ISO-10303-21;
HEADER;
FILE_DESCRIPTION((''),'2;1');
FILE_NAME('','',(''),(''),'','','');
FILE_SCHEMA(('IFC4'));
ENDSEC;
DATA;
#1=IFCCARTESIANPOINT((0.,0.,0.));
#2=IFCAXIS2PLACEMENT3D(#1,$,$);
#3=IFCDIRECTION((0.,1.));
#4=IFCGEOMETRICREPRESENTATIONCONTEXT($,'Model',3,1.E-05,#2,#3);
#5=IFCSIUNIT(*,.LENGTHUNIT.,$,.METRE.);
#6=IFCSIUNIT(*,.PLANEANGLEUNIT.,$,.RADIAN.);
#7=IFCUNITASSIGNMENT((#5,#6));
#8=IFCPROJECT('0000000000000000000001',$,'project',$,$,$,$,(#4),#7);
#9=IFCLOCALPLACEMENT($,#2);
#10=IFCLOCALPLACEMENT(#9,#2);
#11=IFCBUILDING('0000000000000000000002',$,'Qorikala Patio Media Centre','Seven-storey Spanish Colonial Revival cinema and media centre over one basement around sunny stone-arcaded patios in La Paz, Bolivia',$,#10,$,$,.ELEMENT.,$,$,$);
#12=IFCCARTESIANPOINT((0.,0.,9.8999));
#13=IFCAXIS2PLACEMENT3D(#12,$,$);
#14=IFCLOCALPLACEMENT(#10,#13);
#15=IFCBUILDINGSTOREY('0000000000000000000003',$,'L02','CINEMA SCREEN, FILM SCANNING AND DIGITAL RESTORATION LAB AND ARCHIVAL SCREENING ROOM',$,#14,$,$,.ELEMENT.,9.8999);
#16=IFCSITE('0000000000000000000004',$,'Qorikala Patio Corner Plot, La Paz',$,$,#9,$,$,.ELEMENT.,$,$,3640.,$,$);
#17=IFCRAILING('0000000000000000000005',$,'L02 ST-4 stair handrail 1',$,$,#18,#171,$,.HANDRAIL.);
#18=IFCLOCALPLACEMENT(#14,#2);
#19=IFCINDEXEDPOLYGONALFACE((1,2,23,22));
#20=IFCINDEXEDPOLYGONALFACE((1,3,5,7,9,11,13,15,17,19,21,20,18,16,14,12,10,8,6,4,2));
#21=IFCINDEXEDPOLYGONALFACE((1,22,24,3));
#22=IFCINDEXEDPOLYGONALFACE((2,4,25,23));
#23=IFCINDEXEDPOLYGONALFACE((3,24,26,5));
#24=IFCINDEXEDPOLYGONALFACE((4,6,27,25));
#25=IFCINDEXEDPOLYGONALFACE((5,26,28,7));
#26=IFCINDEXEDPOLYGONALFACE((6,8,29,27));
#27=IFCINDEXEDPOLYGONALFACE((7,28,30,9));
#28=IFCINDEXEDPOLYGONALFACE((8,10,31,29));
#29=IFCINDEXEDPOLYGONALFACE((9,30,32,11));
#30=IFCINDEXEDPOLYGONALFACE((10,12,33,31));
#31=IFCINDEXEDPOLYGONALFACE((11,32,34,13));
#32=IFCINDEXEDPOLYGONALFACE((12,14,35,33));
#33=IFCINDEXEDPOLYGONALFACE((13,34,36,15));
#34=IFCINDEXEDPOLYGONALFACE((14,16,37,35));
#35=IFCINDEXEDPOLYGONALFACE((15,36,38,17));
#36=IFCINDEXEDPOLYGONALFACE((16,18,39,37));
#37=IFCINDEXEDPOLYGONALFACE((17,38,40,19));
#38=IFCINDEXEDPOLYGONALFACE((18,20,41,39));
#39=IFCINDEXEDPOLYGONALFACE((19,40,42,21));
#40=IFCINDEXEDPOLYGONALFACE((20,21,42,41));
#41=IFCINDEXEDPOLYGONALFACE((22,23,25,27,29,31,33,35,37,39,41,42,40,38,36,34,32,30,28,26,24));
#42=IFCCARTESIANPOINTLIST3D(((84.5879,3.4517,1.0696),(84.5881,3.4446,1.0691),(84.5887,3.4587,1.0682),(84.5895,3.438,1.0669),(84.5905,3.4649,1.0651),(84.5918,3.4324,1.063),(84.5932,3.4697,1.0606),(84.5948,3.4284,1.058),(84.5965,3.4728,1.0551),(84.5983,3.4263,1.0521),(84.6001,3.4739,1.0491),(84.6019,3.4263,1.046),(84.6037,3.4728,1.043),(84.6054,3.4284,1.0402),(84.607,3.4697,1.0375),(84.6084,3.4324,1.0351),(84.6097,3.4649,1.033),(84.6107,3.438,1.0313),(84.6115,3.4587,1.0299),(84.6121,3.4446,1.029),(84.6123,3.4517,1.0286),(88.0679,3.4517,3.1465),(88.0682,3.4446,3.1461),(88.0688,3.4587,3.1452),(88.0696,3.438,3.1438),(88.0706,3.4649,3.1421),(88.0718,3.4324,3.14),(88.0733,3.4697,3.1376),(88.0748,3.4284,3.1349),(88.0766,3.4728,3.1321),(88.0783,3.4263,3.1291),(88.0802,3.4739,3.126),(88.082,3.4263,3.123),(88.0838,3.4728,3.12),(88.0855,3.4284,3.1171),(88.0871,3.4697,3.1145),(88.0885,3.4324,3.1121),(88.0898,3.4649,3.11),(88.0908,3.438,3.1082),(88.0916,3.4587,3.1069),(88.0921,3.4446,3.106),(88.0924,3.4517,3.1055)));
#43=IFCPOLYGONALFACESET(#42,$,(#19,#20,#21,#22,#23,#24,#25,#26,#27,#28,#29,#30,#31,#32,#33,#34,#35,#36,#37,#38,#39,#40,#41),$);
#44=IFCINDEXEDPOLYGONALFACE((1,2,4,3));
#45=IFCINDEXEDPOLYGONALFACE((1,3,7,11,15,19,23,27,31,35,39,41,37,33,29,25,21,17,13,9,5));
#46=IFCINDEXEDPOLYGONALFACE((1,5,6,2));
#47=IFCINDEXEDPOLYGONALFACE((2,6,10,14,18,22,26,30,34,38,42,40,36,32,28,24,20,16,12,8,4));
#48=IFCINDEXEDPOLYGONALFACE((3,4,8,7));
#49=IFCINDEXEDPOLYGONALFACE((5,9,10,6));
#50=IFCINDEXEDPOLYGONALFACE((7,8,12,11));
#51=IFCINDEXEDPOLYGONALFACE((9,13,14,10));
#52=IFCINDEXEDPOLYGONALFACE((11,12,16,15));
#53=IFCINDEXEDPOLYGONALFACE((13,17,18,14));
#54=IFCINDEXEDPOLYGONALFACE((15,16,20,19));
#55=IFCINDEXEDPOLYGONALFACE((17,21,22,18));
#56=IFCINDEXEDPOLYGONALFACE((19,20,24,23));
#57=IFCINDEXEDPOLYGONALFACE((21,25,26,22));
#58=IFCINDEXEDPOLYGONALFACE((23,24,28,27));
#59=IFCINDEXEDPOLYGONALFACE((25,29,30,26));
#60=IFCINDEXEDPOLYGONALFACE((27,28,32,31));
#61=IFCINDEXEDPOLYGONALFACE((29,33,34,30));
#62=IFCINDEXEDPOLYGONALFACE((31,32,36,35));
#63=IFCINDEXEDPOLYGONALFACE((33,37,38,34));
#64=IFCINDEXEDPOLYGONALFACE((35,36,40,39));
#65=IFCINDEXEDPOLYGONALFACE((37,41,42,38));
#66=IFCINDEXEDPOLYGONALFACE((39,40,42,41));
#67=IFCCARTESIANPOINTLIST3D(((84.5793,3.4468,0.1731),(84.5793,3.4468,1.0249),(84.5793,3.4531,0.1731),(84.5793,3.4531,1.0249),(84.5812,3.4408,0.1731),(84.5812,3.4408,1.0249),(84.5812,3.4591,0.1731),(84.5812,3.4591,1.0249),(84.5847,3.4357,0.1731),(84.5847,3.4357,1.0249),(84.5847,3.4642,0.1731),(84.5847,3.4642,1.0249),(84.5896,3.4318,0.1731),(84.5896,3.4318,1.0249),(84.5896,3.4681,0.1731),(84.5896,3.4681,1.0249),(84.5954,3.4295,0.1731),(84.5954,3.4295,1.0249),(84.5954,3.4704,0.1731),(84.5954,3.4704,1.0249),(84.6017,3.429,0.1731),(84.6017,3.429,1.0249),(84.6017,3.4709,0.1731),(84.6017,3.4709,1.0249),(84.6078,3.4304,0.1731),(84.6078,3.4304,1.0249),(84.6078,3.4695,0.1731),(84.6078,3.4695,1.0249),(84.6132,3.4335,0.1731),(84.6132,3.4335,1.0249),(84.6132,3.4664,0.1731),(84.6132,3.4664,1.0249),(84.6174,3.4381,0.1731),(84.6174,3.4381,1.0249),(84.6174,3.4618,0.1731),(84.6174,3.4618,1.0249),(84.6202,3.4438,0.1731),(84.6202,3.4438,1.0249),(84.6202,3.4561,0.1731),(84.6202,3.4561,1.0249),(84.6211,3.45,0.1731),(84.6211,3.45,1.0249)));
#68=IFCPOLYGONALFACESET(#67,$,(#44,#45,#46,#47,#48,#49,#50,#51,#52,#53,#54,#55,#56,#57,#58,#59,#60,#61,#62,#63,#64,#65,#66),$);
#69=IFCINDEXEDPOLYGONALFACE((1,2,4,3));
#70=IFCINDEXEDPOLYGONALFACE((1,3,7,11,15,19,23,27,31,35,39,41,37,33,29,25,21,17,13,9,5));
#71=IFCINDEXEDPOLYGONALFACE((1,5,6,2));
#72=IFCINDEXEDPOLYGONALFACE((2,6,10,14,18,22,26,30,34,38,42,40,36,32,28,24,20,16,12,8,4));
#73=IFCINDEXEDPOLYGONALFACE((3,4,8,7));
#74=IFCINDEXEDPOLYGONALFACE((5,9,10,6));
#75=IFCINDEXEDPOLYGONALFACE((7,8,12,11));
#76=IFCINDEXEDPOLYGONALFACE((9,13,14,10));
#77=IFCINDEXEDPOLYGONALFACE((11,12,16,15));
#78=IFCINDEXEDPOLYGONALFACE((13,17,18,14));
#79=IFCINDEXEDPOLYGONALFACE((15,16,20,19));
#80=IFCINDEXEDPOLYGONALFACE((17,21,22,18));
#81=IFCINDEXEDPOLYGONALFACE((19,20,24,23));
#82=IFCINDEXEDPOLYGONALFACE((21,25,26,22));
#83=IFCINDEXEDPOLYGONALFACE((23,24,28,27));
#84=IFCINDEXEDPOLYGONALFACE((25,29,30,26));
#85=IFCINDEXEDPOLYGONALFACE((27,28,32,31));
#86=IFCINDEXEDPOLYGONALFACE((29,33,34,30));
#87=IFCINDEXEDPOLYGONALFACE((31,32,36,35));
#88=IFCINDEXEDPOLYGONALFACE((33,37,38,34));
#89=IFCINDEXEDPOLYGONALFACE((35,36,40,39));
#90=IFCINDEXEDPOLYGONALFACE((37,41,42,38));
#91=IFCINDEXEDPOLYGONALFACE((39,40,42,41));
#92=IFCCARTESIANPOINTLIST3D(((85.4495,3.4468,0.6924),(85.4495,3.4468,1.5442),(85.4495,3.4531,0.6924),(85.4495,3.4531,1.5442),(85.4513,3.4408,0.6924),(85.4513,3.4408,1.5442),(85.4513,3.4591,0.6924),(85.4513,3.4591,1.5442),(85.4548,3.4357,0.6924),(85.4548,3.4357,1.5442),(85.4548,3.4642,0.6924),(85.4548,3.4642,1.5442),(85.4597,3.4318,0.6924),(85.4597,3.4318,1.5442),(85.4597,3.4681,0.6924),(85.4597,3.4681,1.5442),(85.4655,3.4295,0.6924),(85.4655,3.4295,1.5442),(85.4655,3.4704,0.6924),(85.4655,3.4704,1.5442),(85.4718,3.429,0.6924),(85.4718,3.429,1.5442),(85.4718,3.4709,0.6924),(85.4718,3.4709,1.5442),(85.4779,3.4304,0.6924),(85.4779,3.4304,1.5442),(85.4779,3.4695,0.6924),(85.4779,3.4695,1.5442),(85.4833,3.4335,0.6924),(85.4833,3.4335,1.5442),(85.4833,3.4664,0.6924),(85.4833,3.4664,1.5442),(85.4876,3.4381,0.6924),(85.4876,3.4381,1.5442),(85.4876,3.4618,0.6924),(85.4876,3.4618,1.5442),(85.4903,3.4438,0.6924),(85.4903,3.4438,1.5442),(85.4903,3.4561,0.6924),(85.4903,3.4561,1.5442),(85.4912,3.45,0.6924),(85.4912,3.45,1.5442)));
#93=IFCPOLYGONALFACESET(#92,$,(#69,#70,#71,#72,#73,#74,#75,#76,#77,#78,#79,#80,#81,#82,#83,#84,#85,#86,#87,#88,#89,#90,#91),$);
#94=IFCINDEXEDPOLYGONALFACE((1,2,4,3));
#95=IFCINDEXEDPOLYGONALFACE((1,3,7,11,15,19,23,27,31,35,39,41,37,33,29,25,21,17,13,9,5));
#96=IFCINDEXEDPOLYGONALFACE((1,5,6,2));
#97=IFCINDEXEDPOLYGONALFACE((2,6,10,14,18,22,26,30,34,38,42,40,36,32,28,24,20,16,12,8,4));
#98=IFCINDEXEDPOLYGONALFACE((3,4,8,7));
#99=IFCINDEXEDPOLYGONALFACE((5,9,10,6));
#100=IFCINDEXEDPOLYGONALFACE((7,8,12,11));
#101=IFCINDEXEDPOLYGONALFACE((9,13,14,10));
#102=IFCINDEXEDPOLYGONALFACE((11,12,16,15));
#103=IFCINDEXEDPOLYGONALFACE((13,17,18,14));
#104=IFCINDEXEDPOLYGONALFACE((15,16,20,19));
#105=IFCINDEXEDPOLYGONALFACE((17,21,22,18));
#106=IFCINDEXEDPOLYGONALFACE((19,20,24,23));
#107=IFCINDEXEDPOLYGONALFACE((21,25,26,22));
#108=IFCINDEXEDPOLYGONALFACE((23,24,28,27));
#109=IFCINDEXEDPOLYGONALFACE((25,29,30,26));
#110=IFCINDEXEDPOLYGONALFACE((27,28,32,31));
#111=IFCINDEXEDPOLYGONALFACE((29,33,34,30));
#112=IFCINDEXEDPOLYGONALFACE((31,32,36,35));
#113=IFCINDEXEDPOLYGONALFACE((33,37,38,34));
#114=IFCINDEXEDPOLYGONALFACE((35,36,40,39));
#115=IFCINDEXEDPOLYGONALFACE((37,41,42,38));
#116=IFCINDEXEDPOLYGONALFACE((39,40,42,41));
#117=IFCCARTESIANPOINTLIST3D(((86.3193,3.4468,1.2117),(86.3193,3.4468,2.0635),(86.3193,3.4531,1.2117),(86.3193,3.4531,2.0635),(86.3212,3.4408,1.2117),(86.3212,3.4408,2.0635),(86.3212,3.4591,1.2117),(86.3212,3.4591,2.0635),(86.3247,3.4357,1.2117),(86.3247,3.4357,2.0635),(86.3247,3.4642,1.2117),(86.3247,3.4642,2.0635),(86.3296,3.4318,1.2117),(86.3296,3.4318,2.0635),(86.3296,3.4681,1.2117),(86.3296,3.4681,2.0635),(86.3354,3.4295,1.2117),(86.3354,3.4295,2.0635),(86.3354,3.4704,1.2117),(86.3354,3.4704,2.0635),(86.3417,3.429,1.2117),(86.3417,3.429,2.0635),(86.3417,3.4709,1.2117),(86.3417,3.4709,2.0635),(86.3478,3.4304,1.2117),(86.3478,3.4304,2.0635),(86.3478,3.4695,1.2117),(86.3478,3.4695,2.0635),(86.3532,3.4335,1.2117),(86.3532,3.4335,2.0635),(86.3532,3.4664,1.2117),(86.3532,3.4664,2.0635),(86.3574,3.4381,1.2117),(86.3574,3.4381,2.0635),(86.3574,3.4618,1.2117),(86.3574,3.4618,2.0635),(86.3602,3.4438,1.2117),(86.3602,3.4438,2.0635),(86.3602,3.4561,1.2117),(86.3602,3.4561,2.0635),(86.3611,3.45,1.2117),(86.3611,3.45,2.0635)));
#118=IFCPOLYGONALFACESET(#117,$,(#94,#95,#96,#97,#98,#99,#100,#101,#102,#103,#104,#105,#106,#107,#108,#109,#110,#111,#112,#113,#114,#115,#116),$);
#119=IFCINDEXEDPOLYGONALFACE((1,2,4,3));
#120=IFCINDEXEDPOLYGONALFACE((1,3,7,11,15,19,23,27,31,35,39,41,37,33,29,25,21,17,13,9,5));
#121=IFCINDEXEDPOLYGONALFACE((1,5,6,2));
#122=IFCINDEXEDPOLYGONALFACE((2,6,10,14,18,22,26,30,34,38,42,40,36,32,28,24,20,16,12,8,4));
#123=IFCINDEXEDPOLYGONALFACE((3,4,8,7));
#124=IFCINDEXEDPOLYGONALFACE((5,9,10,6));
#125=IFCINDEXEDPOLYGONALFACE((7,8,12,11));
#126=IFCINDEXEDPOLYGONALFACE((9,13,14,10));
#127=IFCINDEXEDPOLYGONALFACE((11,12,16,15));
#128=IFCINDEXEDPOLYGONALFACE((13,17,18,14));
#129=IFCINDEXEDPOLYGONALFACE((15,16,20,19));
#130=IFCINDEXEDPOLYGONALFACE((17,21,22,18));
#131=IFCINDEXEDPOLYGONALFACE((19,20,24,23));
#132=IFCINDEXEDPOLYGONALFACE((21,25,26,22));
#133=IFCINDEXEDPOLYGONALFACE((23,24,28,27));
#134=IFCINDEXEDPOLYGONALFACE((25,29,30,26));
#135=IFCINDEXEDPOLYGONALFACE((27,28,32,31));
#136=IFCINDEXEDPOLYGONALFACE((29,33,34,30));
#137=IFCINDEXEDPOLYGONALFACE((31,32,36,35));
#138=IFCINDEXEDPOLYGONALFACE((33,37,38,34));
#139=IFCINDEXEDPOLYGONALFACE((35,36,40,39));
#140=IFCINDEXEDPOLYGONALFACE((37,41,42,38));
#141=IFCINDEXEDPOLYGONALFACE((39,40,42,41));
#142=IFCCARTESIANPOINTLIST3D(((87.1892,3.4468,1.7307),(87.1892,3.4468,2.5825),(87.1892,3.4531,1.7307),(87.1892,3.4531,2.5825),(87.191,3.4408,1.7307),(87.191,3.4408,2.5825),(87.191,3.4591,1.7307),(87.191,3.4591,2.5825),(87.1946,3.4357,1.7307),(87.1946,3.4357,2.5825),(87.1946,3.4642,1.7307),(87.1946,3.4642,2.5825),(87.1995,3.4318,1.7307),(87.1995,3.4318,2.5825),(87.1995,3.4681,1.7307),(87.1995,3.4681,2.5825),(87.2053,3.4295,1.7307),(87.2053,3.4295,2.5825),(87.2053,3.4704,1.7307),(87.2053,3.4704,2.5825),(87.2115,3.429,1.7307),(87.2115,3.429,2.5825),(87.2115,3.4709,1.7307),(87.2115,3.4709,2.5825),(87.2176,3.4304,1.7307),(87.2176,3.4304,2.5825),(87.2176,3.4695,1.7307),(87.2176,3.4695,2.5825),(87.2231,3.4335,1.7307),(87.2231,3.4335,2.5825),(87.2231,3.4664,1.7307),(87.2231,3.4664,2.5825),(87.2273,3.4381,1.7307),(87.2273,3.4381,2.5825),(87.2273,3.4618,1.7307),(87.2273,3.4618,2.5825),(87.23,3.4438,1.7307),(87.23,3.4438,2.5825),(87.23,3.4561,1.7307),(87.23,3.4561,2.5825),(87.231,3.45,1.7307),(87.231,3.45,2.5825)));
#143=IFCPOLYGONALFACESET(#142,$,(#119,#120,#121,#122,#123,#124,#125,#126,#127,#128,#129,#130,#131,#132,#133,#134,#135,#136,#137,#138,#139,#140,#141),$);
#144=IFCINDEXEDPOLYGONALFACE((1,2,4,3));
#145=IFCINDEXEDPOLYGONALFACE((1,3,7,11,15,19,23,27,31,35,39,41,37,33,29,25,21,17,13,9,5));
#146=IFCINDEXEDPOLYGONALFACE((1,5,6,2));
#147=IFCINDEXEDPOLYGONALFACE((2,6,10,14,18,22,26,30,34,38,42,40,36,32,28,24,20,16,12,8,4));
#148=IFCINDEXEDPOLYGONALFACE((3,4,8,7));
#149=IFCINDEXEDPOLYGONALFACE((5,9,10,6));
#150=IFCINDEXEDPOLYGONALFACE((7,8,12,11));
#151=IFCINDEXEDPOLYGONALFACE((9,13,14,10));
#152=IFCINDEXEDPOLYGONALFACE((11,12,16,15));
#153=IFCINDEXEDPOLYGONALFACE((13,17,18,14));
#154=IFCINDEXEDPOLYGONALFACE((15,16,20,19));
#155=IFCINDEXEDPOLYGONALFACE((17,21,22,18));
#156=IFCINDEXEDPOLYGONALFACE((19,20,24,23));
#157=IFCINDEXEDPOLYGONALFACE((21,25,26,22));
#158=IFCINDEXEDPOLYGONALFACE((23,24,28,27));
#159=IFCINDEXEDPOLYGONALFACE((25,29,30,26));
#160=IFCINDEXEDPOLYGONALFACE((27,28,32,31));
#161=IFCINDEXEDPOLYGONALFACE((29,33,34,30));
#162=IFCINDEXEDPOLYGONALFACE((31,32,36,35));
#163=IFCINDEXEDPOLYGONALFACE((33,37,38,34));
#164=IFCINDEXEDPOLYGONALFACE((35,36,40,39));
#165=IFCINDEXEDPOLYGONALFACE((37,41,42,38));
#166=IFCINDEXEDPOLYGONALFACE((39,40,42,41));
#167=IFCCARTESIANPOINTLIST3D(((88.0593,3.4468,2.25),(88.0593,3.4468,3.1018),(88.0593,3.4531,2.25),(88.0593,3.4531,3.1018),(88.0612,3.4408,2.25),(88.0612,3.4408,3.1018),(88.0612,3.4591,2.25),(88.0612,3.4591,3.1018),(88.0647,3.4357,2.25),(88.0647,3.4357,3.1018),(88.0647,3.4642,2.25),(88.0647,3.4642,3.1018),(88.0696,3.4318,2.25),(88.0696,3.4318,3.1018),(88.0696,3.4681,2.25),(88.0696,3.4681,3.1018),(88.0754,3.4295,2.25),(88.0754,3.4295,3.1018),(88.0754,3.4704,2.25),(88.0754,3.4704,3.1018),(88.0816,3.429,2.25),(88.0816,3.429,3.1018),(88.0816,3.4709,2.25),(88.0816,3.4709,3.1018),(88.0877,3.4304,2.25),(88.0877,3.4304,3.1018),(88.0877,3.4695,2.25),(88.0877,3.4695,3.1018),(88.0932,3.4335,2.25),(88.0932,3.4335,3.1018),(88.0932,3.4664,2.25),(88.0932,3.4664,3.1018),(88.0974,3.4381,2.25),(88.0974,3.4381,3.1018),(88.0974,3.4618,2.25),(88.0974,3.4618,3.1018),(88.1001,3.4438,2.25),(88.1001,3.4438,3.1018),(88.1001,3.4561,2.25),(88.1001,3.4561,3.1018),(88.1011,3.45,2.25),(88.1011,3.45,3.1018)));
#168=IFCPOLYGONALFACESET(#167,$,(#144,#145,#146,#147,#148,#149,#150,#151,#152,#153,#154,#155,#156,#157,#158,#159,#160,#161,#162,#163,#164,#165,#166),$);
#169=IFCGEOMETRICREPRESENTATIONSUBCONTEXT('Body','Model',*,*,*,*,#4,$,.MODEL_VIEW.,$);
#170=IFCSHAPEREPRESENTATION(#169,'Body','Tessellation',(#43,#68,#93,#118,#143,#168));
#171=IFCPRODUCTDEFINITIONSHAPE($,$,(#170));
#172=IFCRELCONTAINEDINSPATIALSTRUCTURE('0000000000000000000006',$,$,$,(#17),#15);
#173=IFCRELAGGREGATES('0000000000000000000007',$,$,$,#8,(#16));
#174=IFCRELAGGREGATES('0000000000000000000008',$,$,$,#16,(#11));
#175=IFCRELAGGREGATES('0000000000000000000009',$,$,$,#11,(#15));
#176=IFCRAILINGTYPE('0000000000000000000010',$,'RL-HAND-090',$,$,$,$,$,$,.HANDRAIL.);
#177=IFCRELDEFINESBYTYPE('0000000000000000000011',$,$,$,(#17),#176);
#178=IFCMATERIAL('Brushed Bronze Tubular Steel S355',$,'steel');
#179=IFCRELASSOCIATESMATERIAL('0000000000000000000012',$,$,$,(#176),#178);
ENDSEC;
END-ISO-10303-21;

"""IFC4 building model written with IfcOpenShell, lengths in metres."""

from ifc_helpers import new_model, si_unit, direction, frame, origin, origin_2d, place, context, subcontext, project, spatial, circle, extrude, material, type_object, element, save


model = new_model("IFC4")

# Units and contexts
model_context = context("Model", 3, precision=1e-05, world=origin(), true_north=direction((0.0, 1.0)))
body_context = subcontext(model_context, "Body", "Model", "MODEL_VIEW")
ifc_project = project(units=[si_unit("LENGTHUNIT", "METRE"), si_unit("PLANEANGLEUNIT", "RADIAN")], contexts=[model_context])

# Site, building, storey
site_placement = place(None, origin())
site = spatial("IfcSite", under=ifc_project, at=site_placement, Name="Qorikala Patio Corner Plot, La Paz", CompositionType="ELEMENT", RefElevation=3640.0)
building_placement = place(site_placement, origin())
building = spatial("IfcBuilding", under=site, at=building_placement, Name="Qorikala Patio Media Centre", Description="Seven-storey Spanish Colonial Revival cinema and media centre over one basement around sunny stone-arcaded patios in La Paz, Bolivia", CompositionType="ELEMENT")
storey_placement = place(building_placement, frame((0.0, 0.0, 9.8999)))
storey = spatial("IfcBuildingStorey", under=building, at=storey_placement, Name="L02", Description="CINEMA SCREEN, FILM SCANNING AND DIGITAL RESTORATION LAB AND ARCHIVAL SCREENING ROOM", CompositionType="ELEMENT", Elevation=9.8999)

# Railing
ifc_material_1 = material(Name="Brushed Bronze Tubular Steel S355", Category="steel")
railing_type_1 = type_object("IfcRailingType", Name="RL-HAND-090", PredefinedType="HANDRAIL", material=ifc_material_1)
railing_1_placement = place(storey_placement, frame((84.6001, 3.45, 0.1731)))
element("IfcRailing", 1, at=railing_1_placement, inside=storey, type_object=railing_type_1, Name="L02 ST-4 stair handrail 1", PredefinedType="HANDRAIL", context=body_context, shape_type="SweptSolid", body=[
    extrude(circle(Radius=0.0239, at=origin_2d()), frame((0.0, 0.0, 0.876), z_axis=(0.858697, 0.0, 0.512483), x_axis=(0.0, 1.0, 0.0)), (0.0, 0.0, 1.0), 4.0527),
    extrude(circle(Radius=0.021, at=origin_2d()), origin(), (0.0, 0.0, 1.0), 0.8518),
    extrude(circle(Radius=0.021, at=origin_2d()), frame((0.8701, 0.0, 0.5193)), (0.0, 0.0, 1.0), 0.8518),
    extrude(circle(Radius=0.021, at=origin_2d()), frame((1.74, 0.0, 1.0386)), (0.0, 0.0, 1.0), 0.8518),
    extrude(circle(Radius=0.021, at=origin_2d()), frame((2.6099, 0.0, 1.5576)), (0.0, 0.0, 1.0), 0.8518),
    extrude(circle(Radius=0.021, at=origin_2d()), frame((3.48, 0.0, 2.0769)), (0.0, 0.0, 1.0), 0.8518),
])

save(model, "model.ifc")
